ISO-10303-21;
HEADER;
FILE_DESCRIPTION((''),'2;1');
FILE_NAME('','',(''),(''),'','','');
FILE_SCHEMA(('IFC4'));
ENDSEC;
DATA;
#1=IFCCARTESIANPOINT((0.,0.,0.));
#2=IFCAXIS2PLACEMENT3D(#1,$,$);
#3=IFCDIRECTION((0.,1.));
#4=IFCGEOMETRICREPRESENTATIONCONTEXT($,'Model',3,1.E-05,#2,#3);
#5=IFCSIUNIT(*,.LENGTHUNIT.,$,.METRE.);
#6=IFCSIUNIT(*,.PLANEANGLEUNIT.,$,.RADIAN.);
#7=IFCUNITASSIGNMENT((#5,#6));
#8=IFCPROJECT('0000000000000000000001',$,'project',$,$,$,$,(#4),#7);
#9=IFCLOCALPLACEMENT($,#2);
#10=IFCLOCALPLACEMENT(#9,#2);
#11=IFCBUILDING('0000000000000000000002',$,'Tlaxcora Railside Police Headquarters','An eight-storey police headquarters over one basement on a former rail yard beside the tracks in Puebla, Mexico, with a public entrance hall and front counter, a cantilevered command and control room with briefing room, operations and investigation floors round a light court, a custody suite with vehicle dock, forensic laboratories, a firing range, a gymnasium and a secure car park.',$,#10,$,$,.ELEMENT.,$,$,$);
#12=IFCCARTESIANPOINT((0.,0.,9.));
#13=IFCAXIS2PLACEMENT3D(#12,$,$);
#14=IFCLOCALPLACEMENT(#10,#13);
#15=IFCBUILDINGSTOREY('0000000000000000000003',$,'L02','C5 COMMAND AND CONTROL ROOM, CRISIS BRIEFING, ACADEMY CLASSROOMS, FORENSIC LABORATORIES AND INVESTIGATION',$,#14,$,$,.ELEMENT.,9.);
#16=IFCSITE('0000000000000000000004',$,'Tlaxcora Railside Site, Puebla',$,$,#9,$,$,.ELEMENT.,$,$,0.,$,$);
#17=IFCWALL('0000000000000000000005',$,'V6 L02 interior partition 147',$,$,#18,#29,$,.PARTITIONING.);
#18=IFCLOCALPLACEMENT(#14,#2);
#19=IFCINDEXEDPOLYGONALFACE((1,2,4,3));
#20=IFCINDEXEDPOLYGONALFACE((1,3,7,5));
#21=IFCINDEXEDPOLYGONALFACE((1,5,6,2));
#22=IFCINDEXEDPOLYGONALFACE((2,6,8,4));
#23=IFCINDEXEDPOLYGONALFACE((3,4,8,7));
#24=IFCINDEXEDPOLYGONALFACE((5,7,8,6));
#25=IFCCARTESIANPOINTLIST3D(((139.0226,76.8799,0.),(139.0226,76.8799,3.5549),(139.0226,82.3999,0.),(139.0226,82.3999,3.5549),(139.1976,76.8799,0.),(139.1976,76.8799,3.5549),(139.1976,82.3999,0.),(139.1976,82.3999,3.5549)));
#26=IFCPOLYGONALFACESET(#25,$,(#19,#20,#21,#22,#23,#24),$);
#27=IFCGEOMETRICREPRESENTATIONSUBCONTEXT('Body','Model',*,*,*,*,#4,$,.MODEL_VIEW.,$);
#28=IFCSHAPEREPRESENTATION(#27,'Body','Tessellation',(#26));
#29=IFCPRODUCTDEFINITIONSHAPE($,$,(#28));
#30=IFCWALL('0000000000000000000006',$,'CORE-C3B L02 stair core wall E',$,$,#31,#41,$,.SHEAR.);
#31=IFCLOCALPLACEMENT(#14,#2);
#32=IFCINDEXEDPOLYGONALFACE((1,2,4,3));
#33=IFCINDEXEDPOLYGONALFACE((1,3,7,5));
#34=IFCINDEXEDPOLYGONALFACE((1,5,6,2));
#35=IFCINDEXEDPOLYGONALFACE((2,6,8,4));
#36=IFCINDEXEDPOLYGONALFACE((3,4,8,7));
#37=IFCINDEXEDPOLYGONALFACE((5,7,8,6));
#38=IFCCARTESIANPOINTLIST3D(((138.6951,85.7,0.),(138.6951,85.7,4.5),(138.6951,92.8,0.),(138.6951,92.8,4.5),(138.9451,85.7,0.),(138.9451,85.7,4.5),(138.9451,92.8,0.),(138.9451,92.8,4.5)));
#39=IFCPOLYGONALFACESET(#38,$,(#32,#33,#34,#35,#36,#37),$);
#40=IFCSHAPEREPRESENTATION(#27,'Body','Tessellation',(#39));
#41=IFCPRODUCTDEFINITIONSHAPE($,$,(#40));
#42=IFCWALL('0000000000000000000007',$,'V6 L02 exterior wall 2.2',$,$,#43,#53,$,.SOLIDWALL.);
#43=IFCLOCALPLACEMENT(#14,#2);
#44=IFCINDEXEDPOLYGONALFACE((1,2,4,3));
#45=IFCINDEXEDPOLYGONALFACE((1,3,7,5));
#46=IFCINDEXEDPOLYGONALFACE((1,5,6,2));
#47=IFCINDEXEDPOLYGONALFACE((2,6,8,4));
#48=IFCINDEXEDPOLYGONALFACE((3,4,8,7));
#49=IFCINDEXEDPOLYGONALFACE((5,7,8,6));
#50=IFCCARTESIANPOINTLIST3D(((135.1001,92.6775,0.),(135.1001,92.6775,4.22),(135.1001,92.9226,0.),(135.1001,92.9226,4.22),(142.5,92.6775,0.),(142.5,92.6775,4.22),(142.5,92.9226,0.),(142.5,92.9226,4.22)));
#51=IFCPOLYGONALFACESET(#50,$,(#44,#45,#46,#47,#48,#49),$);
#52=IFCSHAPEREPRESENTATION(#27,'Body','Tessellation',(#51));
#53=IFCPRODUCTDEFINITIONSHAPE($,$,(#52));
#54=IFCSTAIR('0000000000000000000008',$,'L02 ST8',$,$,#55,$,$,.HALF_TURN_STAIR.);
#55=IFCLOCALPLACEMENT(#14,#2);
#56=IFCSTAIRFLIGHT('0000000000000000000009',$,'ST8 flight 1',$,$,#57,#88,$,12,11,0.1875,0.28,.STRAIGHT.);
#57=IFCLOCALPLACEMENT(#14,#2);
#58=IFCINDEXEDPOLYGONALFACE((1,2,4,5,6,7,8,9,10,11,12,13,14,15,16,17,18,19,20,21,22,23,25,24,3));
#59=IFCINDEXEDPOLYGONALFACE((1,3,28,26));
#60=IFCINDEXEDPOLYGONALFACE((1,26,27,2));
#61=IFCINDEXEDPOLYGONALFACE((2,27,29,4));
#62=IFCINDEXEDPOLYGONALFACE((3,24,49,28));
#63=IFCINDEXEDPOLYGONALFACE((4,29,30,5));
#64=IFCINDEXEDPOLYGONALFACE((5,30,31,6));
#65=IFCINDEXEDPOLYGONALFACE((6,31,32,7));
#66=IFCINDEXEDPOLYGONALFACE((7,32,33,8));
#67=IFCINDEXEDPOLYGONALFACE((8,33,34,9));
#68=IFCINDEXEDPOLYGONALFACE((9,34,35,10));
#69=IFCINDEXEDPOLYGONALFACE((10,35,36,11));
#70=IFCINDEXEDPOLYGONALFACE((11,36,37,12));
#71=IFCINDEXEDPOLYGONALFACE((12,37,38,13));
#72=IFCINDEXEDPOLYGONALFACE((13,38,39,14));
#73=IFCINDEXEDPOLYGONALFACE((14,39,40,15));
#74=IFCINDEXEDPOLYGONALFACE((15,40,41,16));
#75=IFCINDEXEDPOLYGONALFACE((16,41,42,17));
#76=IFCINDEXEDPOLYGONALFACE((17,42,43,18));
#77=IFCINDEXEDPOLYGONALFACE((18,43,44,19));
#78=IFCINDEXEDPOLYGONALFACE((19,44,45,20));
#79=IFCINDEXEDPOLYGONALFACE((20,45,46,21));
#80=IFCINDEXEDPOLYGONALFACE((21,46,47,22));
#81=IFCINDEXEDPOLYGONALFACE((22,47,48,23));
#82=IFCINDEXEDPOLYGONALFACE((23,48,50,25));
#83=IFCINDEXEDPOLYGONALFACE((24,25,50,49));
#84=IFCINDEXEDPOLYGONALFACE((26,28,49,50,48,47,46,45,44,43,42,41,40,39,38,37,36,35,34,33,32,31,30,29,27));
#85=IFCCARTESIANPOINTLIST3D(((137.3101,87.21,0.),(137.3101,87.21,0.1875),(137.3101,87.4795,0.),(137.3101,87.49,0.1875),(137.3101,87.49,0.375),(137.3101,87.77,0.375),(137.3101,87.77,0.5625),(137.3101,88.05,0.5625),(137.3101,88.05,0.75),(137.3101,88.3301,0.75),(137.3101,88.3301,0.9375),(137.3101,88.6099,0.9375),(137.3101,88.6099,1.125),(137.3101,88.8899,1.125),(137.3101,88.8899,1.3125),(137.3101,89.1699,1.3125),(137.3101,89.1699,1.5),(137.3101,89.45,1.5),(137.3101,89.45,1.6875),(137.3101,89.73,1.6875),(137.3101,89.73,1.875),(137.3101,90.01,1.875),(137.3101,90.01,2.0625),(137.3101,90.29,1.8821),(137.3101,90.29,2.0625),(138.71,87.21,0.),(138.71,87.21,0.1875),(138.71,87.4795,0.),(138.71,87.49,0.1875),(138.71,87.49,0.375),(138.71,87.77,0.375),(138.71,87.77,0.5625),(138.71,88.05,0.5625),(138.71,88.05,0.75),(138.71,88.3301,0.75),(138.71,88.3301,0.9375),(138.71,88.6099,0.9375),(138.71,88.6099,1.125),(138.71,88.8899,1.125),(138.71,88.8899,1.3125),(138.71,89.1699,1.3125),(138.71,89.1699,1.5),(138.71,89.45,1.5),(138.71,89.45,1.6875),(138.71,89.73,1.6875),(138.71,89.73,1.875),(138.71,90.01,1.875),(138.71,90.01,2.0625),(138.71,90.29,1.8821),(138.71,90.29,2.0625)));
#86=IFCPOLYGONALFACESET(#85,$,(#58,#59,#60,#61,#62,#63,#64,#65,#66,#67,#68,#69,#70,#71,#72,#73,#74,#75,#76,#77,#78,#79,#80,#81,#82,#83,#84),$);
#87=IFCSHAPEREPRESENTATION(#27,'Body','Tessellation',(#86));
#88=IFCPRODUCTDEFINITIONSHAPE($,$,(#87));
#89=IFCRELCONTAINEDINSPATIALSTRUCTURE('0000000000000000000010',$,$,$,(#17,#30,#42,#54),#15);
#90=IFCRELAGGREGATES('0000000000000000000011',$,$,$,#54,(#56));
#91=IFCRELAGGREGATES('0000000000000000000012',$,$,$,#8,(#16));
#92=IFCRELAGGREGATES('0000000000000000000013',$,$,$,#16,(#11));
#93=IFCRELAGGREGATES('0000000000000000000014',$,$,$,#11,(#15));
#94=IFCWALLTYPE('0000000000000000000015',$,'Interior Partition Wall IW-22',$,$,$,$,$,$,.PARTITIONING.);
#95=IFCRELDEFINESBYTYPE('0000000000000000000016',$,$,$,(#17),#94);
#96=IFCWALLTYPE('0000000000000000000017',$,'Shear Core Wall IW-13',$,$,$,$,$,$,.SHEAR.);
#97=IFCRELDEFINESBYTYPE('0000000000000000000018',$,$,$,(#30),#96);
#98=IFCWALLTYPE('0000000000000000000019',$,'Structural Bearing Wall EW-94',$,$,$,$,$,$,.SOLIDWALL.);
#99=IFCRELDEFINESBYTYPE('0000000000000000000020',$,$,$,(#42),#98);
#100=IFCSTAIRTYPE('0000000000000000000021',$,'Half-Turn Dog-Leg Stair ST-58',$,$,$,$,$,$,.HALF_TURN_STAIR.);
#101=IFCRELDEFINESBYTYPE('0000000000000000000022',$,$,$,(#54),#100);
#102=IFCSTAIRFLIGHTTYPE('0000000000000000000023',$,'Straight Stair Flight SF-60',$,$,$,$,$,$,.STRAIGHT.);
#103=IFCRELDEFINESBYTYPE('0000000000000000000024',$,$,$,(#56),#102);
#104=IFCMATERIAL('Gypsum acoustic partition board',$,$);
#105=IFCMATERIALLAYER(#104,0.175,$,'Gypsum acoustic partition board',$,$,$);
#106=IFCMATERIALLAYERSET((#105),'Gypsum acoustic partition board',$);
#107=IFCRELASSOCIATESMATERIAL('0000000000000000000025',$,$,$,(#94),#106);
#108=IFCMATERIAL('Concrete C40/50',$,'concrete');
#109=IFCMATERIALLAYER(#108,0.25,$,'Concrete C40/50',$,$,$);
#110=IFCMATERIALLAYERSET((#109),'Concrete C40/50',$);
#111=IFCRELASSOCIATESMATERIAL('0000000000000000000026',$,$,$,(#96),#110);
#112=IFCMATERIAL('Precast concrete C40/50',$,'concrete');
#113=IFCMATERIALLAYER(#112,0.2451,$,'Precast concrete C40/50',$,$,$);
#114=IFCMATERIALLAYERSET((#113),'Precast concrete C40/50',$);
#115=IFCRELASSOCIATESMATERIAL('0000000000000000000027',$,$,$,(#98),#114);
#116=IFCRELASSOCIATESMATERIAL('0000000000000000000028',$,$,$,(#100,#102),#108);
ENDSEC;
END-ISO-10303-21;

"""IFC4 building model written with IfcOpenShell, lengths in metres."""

from ifc_helpers import new_model, si_unit, direction, frame, frame_2d, origin, place, context, subcontext, project, spatial, polyline, rectangle, outline, extrude, material, layer, layer_set, type_object, element, aggregate, save


model = new_model("IFC4")

# Units and contexts
model_context = context("Model", 3, precision=1e-05, world=origin(), true_north=direction((0.0, 1.0)))
body_context = subcontext(model_context, "Body", "Model", "MODEL_VIEW")
ifc_project = project(units=[si_unit("LENGTHUNIT", "METRE"), si_unit("PLANEANGLEUNIT", "RADIAN")], contexts=[model_context])

# Site, building, storey
site_placement = place(None, origin())
site = spatial("IfcSite", under=ifc_project, at=site_placement, Name="Tlaxcora Railside Site, Puebla", CompositionType="ELEMENT", RefElevation=0.0)
building_placement = place(site_placement, origin())
building = spatial("IfcBuilding", under=site, at=building_placement, Name="Tlaxcora Railside Police Headquarters", Description="An eight-storey police headquarters over one basement on a former rail yard beside the tracks in Puebla, Mexico, with a public entrance hall and front counter, a cantilevered command and control room with briefing room, operations and investigation floors round a light court, a custody suite with vehicle dock, forensic laboratories, a firing range, a gymnasium and a secure car park.", CompositionType="ELEMENT")
storey_placement = place(building_placement, frame((0.0, 0.0, 9.0)))
storey = spatial("IfcBuildingStorey", under=building, at=storey_placement, Name="L02", Description="C5 COMMAND AND CONTROL ROOM, CRISIS BRIEFING, ACADEMY CLASSROOMS, FORENSIC LABORATORIES AND INVESTIGATION", CompositionType="ELEMENT", Elevation=9.0)

# Shared definitions
ifc_material_1 = material(Name="Concrete C40/50", Category="concrete")

# Walls
ifc_material_2 = material(Name="Gypsum acoustic partition board")
ifc_layer_1 = layer(ifc_material_2, 0.175, Name="Gypsum acoustic partition board")
ifc_layer_set_1 = layer_set([ifc_layer_1], Name="Gypsum acoustic partition board")
wall_type_1 = type_object("IfcWallType", Name="Interior Partition Wall IW-22", PredefinedType="PARTITIONING", material=ifc_layer_set_1)
wall_1_placement = place(storey_placement, frame((139.1101, 76.8799, 0.0), z_axis=(0.0, 0.0, 1.0), x_axis=(0.0, 1.0, 0.0)))
element("IfcWall", 1, at=wall_1_placement, inside=storey, type_object=wall_type_1, Name="V6 L02 interior partition 147", PredefinedType="PARTITIONING", context=body_context, shape_type="SweptSolid", body=[
    extrude(rectangle(XDim=5.52, YDim=0.175, at=frame_2d((2.76, 0.0))), origin(), (0.0, 0.0, 1.0), 3.5549),
])
ifc_layer_2 = layer(ifc_material_1, 0.25, Name="Concrete C40/50")
ifc_layer_set_2 = layer_set([ifc_layer_2], Name="Concrete C40/50")
wall_type_2 = type_object("IfcWallType", Name="Shear Core Wall IW-13", PredefinedType="SHEAR", material=ifc_layer_set_2)
wall_2_placement = place(storey_placement, frame((138.8201, 85.7, 0.0), z_axis=(0.0, 0.0, 1.0), x_axis=(0.0, 1.0, 0.0)))
element("IfcWall", 2, at=wall_2_placement, inside=storey, type_object=wall_type_2, Name="CORE-C3B L02 stair core wall E", PredefinedType="SHEAR", context=body_context, shape_type="SweptSolid", body=[
    extrude(rectangle(XDim=7.1001, YDim=0.25, at=frame_2d((3.55, 0.0))), origin(), (0.0, 0.0, 1.0), 4.5),
])
ifc_material_3 = material(Name="Precast concrete C40/50", Category="concrete")
ifc_layer_3 = layer(ifc_material_3, 0.2451, Name="Precast concrete C40/50")
ifc_layer_set_3 = layer_set([ifc_layer_3], Name="Precast concrete C40/50")
wall_type_3 = type_object("IfcWallType", Name="Structural Bearing Wall EW-94", PredefinedType="SOLIDWALL", material=ifc_layer_set_3)
wall_3_placement = place(storey_placement, frame((142.5, 92.8, 0.0), z_axis=(0.0, 0.0, 1.0), x_axis=(-1.0, 0.0, 0.0)))
element("IfcWall", 3, at=wall_3_placement, inside=storey, type_object=wall_type_3, Name="V6 L02 exterior wall 2.2", PredefinedType="SOLIDWALL", context=body_context, shape_type="SweptSolid", body=[
    extrude(rectangle(XDim=7.3999, YDim=0.2451, at=frame_2d((3.7, 0.0))), origin(), (0.0, 0.0, 1.0), 4.22),
])

# Stair, stair flight
stair_type = type_object("IfcStairType", Name="Half-Turn Dog-Leg Stair ST-58", PredefinedType="HALF_TURN_STAIR", material=ifc_material_1)
stair_placement = place(storey_placement, origin())
stair = element("IfcStair", 4, at=stair_placement, inside=storey, type_object=stair_type, Name="L02 ST8", PredefinedType="HALF_TURN_STAIR")
stair_flight_type = type_object("IfcStairFlightType", Name="Straight Stair Flight SF-60", PredefinedType="STRAIGHT", material=ifc_material_1)
stair_flight_placement = place(storey_placement, frame((138.01, 87.21, 0.0), z_axis=(0.0, 0.0, 1.0), x_axis=(0.0, 1.0, 0.0)))
stair_flight = element("IfcStairFlight", 5, at=stair_flight_placement, type_object=stair_flight_type, Name="ST8 flight 1", NumberOfRisers=12, NumberOfTreads=11, PredefinedType="STRAIGHT", RiserHeight=0.1875, TreadLength=0.28, context=body_context, shape_type="SweptSolid", body=[
    extrude(outline(polyline([(0.0, 0.0), (0.0, 0.1875), (0.28, 0.1875), (0.28, 0.375), (0.5601, 0.375), (0.5601, 0.5625), (0.8401, 0.5625), (0.8401, 0.75), (1.1201, 0.75), (1.1201, 0.9375), (1.3999, 0.9375), (1.3999, 1.125), (1.6799, 1.125), (1.6799, 1.3125), (1.96, 1.3125), (1.96, 1.5), (2.24, 1.5), (2.24, 1.6875), (2.52, 1.6875), (2.52, 1.875), (2.8, 1.875), (2.8, 2.0625), (3.0801, 2.0625), (3.0801, 2.25), (3.0801, 1.8821), (0.2695, 0.0), (0.0, 0.0)])), frame((0.0, 0.7, 0.0), z_axis=(0.0, -1.0, 0.0), x_axis=(1.0, 0.0, 0.0)), (0.0, 0.0, 1.0), 1.3999),
])
aggregate(stair, [stair_flight])

save(model, "model.ifc")
